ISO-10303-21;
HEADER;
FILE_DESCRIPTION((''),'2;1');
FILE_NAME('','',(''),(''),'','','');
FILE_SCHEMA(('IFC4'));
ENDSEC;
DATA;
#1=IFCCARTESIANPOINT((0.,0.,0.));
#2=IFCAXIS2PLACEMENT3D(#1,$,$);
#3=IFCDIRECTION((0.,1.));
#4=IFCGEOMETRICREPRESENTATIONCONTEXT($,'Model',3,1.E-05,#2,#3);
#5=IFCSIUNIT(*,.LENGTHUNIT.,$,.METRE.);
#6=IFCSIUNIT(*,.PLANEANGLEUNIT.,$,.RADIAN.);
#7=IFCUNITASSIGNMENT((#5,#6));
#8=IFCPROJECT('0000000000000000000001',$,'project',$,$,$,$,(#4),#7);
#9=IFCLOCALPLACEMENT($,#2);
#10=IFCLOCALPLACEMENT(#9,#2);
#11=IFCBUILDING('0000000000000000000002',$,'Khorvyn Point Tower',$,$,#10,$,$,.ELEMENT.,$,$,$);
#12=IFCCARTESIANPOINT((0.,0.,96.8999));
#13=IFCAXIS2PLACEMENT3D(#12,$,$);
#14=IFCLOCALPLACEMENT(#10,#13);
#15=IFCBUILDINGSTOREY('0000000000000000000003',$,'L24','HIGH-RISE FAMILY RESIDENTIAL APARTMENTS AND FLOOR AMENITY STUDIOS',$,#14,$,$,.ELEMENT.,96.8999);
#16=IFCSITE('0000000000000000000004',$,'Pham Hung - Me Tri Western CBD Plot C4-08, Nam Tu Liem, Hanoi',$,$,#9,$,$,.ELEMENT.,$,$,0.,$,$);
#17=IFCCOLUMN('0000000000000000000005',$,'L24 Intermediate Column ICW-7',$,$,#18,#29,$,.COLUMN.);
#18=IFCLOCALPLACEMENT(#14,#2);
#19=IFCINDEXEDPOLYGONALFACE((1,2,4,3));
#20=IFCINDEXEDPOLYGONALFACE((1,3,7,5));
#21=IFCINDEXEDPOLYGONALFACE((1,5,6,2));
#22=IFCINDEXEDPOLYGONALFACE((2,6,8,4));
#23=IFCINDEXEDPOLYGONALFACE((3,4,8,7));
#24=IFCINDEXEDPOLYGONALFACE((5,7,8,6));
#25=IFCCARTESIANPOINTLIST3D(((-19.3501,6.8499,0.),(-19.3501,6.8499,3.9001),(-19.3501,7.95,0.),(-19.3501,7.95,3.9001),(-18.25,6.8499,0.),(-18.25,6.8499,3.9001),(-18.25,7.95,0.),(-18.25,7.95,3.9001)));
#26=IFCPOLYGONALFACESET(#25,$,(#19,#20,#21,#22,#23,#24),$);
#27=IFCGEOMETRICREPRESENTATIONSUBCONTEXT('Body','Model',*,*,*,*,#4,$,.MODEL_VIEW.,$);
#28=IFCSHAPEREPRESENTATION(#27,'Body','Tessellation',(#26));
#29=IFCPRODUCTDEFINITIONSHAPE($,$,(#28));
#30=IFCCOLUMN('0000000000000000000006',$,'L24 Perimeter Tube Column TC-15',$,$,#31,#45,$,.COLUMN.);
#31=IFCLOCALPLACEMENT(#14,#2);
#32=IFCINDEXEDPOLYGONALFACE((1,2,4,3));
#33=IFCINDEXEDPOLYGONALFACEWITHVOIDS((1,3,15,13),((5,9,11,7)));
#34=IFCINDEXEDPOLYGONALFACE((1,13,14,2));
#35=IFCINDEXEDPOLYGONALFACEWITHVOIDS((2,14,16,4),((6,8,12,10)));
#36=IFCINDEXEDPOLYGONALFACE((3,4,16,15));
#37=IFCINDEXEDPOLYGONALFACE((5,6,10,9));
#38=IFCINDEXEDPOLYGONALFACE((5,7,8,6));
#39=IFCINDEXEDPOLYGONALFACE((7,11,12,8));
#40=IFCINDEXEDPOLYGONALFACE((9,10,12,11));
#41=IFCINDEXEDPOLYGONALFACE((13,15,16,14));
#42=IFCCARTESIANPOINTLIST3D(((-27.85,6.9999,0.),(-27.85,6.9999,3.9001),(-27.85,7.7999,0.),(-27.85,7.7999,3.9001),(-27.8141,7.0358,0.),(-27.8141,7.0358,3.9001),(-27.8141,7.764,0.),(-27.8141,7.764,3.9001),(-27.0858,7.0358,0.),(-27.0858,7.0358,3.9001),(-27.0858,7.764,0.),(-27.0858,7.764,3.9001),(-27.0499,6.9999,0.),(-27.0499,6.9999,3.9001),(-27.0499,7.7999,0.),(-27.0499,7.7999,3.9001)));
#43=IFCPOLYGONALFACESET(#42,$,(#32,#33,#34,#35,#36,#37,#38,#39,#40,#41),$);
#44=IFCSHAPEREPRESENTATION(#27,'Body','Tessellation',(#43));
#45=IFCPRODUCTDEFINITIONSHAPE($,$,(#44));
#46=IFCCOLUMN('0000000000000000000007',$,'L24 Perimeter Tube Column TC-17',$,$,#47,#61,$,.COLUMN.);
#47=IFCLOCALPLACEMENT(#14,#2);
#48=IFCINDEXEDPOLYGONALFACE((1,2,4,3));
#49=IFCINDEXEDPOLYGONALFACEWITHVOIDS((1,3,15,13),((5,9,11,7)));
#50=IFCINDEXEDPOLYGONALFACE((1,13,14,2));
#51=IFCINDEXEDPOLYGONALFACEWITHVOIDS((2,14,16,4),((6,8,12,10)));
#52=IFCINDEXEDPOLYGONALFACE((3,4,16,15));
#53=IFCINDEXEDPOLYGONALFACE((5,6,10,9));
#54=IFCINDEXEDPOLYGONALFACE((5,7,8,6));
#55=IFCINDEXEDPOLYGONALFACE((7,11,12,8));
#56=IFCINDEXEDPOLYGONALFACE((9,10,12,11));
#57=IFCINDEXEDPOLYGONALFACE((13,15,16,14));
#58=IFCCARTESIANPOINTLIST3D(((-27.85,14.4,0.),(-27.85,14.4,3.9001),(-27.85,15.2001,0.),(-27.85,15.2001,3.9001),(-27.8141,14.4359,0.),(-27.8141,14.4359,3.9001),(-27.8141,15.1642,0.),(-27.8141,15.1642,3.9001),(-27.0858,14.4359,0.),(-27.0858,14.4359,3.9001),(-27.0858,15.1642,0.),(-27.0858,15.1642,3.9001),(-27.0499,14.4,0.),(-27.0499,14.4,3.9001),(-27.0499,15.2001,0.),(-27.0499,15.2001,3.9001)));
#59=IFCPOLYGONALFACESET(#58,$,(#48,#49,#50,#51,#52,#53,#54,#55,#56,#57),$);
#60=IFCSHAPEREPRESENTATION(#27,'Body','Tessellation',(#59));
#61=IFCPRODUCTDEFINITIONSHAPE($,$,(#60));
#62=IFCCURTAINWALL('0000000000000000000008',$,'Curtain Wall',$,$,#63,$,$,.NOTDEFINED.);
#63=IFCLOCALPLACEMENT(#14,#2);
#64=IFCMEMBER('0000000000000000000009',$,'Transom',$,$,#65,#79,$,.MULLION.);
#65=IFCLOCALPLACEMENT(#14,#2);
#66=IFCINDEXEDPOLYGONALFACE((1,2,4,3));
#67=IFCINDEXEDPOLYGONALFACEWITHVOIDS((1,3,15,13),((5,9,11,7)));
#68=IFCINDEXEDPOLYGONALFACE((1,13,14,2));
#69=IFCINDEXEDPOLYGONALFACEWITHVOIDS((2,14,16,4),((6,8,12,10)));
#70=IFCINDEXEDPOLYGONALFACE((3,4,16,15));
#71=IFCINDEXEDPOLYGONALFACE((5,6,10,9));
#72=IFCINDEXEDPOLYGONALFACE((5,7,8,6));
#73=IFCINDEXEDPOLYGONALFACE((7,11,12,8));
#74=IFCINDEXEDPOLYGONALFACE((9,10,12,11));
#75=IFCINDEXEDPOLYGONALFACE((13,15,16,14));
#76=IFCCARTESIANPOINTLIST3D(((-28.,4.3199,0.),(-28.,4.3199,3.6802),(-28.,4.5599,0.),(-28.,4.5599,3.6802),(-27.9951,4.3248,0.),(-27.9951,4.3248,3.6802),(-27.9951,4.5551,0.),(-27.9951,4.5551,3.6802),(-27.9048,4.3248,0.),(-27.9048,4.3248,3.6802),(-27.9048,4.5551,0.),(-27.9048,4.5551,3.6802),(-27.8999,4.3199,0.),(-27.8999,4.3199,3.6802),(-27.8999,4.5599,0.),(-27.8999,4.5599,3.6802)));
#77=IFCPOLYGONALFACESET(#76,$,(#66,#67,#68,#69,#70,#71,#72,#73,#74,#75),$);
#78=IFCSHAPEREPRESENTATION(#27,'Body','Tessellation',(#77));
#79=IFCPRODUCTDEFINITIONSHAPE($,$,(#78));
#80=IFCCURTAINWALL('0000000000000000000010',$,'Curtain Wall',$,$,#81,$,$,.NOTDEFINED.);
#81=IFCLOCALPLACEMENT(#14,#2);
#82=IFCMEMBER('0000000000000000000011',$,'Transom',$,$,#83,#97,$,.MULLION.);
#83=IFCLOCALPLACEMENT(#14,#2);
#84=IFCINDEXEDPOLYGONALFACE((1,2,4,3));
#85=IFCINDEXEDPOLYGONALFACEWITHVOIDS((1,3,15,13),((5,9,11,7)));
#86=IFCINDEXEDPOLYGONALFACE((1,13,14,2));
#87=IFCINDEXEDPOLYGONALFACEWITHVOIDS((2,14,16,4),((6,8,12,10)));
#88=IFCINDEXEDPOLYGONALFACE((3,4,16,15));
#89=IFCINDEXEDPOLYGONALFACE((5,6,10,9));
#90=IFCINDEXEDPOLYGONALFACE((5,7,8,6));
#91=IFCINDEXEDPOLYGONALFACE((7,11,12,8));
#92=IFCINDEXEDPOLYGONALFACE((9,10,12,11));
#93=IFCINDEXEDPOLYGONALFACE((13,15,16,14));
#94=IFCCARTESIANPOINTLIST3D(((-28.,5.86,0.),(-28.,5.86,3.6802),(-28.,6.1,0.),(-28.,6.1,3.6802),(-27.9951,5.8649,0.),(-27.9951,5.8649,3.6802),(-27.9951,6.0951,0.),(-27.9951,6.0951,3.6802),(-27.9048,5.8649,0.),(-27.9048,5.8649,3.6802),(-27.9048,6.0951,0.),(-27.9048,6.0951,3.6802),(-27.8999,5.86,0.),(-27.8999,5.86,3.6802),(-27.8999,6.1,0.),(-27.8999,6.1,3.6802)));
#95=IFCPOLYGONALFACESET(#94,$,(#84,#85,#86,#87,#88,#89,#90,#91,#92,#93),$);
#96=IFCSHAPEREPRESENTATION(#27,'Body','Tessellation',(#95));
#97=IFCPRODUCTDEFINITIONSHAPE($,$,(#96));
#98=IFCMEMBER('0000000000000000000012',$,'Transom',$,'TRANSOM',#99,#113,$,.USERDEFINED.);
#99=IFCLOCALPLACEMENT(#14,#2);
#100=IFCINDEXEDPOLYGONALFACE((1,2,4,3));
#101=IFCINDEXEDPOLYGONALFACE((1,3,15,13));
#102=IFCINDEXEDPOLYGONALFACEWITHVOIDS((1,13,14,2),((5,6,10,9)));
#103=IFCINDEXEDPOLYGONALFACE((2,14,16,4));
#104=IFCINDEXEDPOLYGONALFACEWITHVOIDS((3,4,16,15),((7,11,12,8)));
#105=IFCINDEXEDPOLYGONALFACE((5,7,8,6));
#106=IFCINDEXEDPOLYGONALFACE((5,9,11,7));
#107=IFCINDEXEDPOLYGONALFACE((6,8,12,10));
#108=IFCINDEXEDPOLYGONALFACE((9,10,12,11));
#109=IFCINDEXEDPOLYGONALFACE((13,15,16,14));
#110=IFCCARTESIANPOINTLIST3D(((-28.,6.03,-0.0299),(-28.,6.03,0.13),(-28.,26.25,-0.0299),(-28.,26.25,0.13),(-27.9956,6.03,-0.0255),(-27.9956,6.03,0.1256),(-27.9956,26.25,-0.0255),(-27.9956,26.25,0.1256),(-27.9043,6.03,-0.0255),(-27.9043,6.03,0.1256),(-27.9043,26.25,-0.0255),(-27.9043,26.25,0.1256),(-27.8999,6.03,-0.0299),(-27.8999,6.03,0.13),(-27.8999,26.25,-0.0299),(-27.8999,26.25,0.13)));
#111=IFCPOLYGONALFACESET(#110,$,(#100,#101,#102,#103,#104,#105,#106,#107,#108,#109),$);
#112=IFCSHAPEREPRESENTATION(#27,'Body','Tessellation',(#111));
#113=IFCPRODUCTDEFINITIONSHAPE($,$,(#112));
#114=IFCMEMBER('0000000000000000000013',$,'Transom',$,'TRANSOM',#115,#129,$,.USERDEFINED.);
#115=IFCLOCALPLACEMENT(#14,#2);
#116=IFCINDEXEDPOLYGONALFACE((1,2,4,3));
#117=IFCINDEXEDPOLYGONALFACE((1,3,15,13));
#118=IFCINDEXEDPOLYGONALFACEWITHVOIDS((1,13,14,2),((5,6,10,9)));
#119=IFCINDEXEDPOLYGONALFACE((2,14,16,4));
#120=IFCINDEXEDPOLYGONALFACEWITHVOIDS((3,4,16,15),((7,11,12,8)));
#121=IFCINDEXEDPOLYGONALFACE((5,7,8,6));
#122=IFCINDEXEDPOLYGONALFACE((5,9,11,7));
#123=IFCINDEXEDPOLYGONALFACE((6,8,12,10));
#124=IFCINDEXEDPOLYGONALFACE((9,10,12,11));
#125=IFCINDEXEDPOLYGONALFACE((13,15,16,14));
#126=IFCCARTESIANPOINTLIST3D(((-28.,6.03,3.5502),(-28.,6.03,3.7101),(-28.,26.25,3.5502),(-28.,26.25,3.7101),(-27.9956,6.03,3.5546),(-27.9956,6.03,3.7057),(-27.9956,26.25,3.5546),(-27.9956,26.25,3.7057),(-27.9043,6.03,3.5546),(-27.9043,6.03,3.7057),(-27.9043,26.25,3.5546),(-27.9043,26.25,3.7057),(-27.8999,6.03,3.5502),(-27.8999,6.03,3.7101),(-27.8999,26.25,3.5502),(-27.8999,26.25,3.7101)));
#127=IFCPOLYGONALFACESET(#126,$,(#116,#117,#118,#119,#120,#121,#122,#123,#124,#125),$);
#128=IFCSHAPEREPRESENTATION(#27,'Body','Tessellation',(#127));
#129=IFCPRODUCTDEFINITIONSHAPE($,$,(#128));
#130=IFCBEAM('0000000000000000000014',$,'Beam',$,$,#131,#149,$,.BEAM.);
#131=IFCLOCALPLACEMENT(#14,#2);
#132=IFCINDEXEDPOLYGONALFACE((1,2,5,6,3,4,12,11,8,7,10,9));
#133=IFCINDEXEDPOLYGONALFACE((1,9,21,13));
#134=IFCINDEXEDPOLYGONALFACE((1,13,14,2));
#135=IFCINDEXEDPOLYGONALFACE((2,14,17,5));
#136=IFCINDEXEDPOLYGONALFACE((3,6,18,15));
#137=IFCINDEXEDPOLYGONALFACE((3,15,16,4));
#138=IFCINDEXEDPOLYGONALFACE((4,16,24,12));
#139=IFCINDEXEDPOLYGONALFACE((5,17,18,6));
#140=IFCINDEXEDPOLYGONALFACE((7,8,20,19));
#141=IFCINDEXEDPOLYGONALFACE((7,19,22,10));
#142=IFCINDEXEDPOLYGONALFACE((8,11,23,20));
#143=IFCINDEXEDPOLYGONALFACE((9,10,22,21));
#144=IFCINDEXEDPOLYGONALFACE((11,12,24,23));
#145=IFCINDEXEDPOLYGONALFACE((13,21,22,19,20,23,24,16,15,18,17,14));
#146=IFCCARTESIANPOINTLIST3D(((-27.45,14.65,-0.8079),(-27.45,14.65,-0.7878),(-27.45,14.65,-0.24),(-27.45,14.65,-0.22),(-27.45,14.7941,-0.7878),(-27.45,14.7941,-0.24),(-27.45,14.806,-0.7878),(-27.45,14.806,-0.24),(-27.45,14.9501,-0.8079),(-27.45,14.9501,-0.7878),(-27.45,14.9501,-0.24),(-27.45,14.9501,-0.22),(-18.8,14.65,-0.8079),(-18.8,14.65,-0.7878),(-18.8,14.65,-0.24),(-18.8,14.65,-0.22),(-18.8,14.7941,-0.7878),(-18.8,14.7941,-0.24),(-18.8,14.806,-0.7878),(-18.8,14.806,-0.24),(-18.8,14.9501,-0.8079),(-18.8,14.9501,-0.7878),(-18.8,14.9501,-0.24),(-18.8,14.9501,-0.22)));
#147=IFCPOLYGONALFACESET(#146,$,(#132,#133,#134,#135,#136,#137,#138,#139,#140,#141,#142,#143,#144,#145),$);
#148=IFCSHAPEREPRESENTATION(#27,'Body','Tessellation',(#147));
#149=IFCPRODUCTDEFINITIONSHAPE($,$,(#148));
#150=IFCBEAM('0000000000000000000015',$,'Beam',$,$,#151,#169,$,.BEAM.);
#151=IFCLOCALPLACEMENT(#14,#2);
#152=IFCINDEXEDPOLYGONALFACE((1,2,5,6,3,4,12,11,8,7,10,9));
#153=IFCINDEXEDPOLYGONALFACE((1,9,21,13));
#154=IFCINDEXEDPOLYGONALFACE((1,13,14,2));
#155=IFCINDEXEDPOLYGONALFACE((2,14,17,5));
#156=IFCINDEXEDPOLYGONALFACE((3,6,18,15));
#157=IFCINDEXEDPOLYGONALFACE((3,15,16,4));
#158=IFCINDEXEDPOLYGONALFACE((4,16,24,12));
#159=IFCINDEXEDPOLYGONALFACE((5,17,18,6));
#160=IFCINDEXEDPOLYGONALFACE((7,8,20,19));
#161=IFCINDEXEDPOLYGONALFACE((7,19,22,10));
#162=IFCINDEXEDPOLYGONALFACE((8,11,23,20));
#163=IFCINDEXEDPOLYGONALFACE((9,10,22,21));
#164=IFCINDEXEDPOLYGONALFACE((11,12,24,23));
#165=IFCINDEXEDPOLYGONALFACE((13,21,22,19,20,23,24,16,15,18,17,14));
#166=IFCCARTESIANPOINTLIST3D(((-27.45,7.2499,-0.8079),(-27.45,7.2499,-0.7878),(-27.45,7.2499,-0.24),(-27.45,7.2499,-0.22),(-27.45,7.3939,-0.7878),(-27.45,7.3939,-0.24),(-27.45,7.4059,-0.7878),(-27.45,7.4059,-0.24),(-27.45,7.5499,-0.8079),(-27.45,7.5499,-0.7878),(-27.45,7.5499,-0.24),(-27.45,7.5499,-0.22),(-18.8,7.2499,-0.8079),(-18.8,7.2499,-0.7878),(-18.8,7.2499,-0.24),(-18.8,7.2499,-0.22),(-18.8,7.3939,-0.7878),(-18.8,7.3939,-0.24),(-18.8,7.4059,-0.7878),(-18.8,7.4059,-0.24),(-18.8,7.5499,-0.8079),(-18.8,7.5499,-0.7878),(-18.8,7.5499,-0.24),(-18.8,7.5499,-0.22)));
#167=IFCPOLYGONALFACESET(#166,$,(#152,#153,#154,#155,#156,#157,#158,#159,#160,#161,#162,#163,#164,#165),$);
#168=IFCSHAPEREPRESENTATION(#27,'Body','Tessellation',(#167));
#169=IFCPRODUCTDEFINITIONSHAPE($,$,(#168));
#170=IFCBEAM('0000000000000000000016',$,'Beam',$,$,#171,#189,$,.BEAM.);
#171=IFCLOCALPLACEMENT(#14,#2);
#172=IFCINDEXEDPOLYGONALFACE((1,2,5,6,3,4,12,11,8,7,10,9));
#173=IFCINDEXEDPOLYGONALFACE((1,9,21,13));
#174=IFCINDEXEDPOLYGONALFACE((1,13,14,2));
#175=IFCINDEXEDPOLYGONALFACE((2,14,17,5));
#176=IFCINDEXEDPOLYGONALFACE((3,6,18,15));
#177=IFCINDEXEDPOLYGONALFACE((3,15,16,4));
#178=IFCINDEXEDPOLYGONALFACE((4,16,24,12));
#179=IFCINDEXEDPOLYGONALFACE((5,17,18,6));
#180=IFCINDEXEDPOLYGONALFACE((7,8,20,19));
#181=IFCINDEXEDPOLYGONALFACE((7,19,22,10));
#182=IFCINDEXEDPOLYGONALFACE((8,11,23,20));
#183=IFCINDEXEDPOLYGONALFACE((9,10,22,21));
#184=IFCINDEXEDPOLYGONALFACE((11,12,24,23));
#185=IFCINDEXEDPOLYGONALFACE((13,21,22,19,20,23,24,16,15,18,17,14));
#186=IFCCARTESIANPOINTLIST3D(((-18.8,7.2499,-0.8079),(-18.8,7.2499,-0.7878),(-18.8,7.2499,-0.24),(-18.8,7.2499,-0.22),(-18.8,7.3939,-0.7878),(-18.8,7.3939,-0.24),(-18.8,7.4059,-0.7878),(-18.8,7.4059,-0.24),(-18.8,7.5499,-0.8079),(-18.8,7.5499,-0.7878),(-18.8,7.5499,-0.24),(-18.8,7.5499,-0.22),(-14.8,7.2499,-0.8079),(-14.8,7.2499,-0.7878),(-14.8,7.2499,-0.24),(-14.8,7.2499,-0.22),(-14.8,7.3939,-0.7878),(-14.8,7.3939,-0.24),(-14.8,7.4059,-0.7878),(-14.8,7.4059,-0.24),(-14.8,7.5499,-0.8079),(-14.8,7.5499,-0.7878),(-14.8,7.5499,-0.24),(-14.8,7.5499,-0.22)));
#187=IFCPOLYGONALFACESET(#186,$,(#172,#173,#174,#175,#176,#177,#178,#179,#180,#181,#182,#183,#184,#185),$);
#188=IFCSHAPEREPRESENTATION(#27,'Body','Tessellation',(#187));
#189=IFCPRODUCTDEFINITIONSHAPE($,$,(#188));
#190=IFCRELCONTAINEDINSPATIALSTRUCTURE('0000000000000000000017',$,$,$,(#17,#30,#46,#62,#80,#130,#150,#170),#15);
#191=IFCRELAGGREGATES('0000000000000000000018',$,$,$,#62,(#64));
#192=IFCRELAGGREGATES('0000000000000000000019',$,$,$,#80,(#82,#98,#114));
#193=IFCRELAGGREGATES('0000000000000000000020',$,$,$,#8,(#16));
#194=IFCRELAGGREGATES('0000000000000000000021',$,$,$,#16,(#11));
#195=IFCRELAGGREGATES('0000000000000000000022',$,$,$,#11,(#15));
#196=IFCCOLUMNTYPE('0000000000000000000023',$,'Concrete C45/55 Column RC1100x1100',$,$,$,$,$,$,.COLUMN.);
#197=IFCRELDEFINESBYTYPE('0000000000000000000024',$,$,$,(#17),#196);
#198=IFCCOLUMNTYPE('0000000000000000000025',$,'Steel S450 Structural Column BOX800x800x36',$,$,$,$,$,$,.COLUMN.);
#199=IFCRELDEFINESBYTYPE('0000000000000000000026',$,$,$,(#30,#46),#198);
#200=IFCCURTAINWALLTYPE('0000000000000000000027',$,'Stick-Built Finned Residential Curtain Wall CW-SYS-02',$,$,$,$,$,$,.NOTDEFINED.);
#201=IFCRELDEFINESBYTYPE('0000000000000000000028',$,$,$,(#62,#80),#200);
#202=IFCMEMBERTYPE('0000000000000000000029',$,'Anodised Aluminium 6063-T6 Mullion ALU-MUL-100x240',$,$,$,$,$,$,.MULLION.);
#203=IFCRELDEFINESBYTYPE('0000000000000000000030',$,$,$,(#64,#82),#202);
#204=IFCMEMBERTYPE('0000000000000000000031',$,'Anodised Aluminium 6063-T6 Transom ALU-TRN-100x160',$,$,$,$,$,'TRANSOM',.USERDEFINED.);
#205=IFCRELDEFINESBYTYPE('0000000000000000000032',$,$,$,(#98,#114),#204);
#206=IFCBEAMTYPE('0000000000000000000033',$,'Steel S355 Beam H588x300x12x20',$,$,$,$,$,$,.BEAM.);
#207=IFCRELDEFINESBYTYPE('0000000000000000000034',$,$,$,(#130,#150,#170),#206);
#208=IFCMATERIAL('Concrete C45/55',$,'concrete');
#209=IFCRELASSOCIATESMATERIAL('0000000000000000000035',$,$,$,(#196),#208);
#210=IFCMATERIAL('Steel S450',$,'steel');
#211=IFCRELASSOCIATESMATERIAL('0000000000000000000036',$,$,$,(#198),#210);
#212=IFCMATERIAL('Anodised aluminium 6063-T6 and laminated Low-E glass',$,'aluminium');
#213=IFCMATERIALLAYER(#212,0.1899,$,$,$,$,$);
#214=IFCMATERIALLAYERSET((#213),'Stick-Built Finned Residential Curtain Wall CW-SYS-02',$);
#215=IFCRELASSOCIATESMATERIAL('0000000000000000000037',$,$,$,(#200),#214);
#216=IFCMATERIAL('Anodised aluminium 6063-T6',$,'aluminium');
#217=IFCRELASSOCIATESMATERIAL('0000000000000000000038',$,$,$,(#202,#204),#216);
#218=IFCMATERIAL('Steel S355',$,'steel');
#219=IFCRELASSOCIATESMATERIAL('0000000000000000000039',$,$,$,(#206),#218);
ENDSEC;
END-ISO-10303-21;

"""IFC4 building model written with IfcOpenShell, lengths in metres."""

from ifc_helpers import new_model, si_unit, direction, frame, origin, origin_2d, place, context, subcontext, project, spatial, rectangle, hollow_rectangle, i_section, extrude, material, layer, layer_set, material_profile, profile_set, type_object, element, aggregate, save


model = new_model("IFC4")

# Units and contexts
model_context = context("Model", 3, precision=1e-05, world=origin(), true_north=direction((0.0, 1.0)))
body_context = subcontext(model_context, "Body", "Model", "MODEL_VIEW")
ifc_project = project(units=[si_unit("LENGTHUNIT", "METRE"), si_unit("PLANEANGLEUNIT", "RADIAN")], contexts=[model_context])

# Site, building, storey
site_placement = place(None, origin())
site = spatial("IfcSite", under=ifc_project, at=site_placement, Name="Pham Hung - Me Tri Western CBD Plot C4-08, Nam Tu Liem, Hanoi", CompositionType="ELEMENT", RefElevation=0.0)
building_placement = place(site_placement, origin())
building = spatial("IfcBuilding", under=site, at=building_placement, Name="Khorvyn Point Tower", CompositionType="ELEMENT")
storey_placement = place(building_placement, frame((0.0, 0.0, 96.8999)))
storey = spatial("IfcBuildingStorey", under=building, at=storey_placement, Name="L24", Description="HIGH-RISE FAMILY RESIDENTIAL APARTMENTS AND FLOOR AMENITY STUDIOS", CompositionType="ELEMENT", Elevation=96.8999)

# Columns
ifc_material_1 = material(Name="Concrete C45/55", Category="concrete")
ifc_material_profile_1 = material_profile(ifc_material_1, rectangle(XDim=1.1001, YDim=1.1001, at=origin_2d()))
ifc_profile_set_1 = profile_set([ifc_material_profile_1], Name="Concrete C45/55 RC1100x1100")
column_type_1 = type_object("IfcColumnType", Name="Concrete C45/55 Column RC1100x1100", PredefinedType="COLUMN", material=ifc_profile_set_1)
column_placement = place(storey_placement, frame((-18.8, 7.3999, 0.0), z_axis=(0.0, 0.0, 1.0), x_axis=(1.0, 0.0, 0.0)))
element("IfcColumn", 1, at=column_placement, inside=storey, type_object=column_type_1, Name="L24 Intermediate Column ICW-7", PredefinedType="COLUMN", context=body_context, shape_type="SweptSolid", body=[
    extrude(rectangle(XDim=1.1001, YDim=1.1001, at=origin_2d()), origin(), (0.0, 0.0, 1.0), 3.9001),
])
ifc_material_2 = material(Name="Steel S450", Category="steel")
ifc_material_profile_2 = material_profile(ifc_material_2, hollow_rectangle(XDim=0.8, YDim=0.8, WallThickness=0.0359, at=origin_2d()))
ifc_profile_set_2 = profile_set([ifc_material_profile_2], Name="Steel S450 BOX800x800x36")
column_type_2 = type_object("IfcColumnType", Name="Steel S450 Structural Column BOX800x800x36", PredefinedType="COLUMN", material=ifc_profile_set_2)
for number, where, z_axis, x_axis, name in (
    (2, (-27.45, 7.3999, 0.0), (0.0, 0.0, 1.0), (1.0, 0.0, 0.0), "L24 Perimeter Tube Column TC-15"),
    (3, (-27.45, 14.8, 0.0), (0.0, 0.0, 1.0), (1.0, 0.0, 0.0), "L24 Perimeter Tube Column TC-17"),
):
    element("IfcColumn", number, at=place(storey_placement, frame(where, z_axis=z_axis, x_axis=x_axis)), inside=storey, type_object=column_type_2, Name=name, PredefinedType="COLUMN", context=body_context, shape_type="SweptSolid", body=[
        extrude(hollow_rectangle(XDim=0.8, YDim=0.8, WallThickness=0.0359, at=origin_2d()), origin(), (0.0, 0.0, 1.0), 3.9001),
    ])

# Curtain wall, member
ifc_material_3 = material(Name="Anodised aluminium 6063-T6 and laminated Low-E glass", Category="aluminium")
ifc_layer_1 = layer(ifc_material_3, 0.1899)
ifc_layer_set_1 = layer_set([ifc_layer_1], Name="Stick-Built Finned Residential Curtain Wall CW-SYS-02")
curtain_wall_type = type_object("IfcCurtainWallType", Name="Stick-Built Finned Residential Curtain Wall CW-SYS-02", PredefinedType="NOTDEFINED", material=ifc_layer_set_1)
curtain_wall_1_placement = place(storey_placement, origin())
curtain_wall_1 = element("IfcCurtainWall", 4, at=curtain_wall_1_placement, inside=storey, type_object=curtain_wall_type, Name="Curtain Wall", PredefinedType="NOTDEFINED")
ifc_material_4 = material(Name="Anodised aluminium 6063-T6", Category="aluminium")
ifc_material_profile_3 = material_profile(ifc_material_4, hollow_rectangle(XDim=0.1001, YDim=0.24, WallThickness=0.0049, at=origin_2d()))
ifc_profile_set_3 = profile_set([ifc_material_profile_3], Name="Anodised aluminium 6063-T6 ALU-MUL-100x240")
member_type_1 = type_object("IfcMemberType", Name="Anodised Aluminium 6063-T6 Mullion ALU-MUL-100x240", PredefinedType="MULLION", material=ifc_profile_set_3)
member_1_placement = place(storey_placement, frame((-27.95, 4.4399, 0.0), z_axis=(0.0, 0.0, 1.0), x_axis=(-1.0, 0.0, 0.0)))
member_1 = element("IfcMember", 5, at=member_1_placement, type_object=member_type_1, Name="Transom", PredefinedType="MULLION", context=body_context, shape_type="SweptSolid", body=[
    extrude(hollow_rectangle(XDim=0.1001, YDim=0.24, WallThickness=0.0049, at=origin_2d()), origin(), (0.0, 0.0, 1.0), 3.6802),
])

# Curtain wall, members
curtain_wall_2_placement = place(storey_placement, origin())
curtain_wall_2 = element("IfcCurtainWall", 6, at=curtain_wall_2_placement, inside=storey, type_object=curtain_wall_type, Name="Curtain Wall", PredefinedType="NOTDEFINED")
member_2_placement = place(storey_placement, frame((-27.95, 5.98, 0.0), z_axis=(0.0, 0.0, 1.0), x_axis=(-1.0, 0.0, 0.0)))
member_2 = element("IfcMember", 7, at=member_2_placement, type_object=member_type_1, Name="Transom", PredefinedType="MULLION", context=body_context, shape_type="SweptSolid", body=[
    extrude(hollow_rectangle(XDim=0.1001, YDim=0.24, WallThickness=0.0049, at=origin_2d()), origin(), (0.0, 0.0, 1.0), 3.6802),
])
ifc_material_profile_4 = material_profile(ifc_material_4, hollow_rectangle(XDim=0.1001, YDim=0.1599, WallThickness=0.0044, at=origin_2d()))
ifc_profile_set_4 = profile_set([ifc_material_profile_4], Name="Anodised aluminium 6063-T6 ALU-TRN-100x160")
member_type_2 = type_object("IfcMemberType", Name="Anodised Aluminium 6063-T6 Transom ALU-TRN-100x160", ElementType="TRANSOM", PredefinedType="USERDEFINED", material=ifc_profile_set_4)
member_3_placement = place(storey_placement, frame((-27.95, 6.03, 0.05), z_axis=(0.0, 1.0, 0.0), x_axis=(-1.0, 0.0, 0.0)))
member_3 = element("IfcMember", 8, at=member_3_placement, type_object=member_type_2, Name="Transom", ObjectType="TRANSOM", PredefinedType="USERDEFINED", context=body_context, shape_type="SweptSolid", body=[
    extrude(hollow_rectangle(XDim=0.1001, YDim=0.1599, WallThickness=0.0044, at=origin_2d()), origin(), (0.0, 0.0, 1.0), 20.22),
])
member_4_placement = place(storey_placement, frame((-27.95, 6.03, 3.6301), z_axis=(0.0, 1.0, 0.0), x_axis=(-1.0, 0.0, 0.0)))
member_4 = element("IfcMember", 9, at=member_4_placement, type_object=member_type_2, Name="Transom", ObjectType="TRANSOM", PredefinedType="USERDEFINED", context=body_context, shape_type="SweptSolid", body=[
    extrude(hollow_rectangle(XDim=0.1001, YDim=0.1599, WallThickness=0.0044, at=origin_2d()), origin(), (0.0, 0.0, 1.0), 20.22),
])

# Beams
ifc_material_5 = material(Name="Steel S355", Category="steel")
ifc_material_profile_5 = material_profile(ifc_material_5, i_section(OverallWidth=0.3, OverallDepth=0.5879, WebThickness=0.012, FlangeThickness=0.02, at=origin_2d()))
ifc_profile_set_5 = profile_set([ifc_material_profile_5], Name="Steel S355 H588x300x12x20")
beam_type_1 = type_object("IfcBeamType", Name="Steel S355 Beam H588x300x12x20", PredefinedType="BEAM", material=ifc_profile_set_5)
for number, where, z_axis, x_axis, name in (
    (10, (-27.45, 14.8, -0.5139), (1.0, 0.0, 0.0), (0.0, 1.0, 0.0), "Beam"),
    (11, (-27.45, 7.3999, -0.5139), (1.0, 0.0, 0.0), (0.0, 1.0, 0.0), "Beam"),
):
    element("IfcBeam", number, at=place(storey_placement, frame(where, z_axis=z_axis, x_axis=x_axis)), inside=storey, type_object=beam_type_1, Name=name, PredefinedType="BEAM", context=body_context, shape_type="SweptSolid", body=[
        extrude(i_section(OverallWidth=0.3, OverallDepth=0.5879, WebThickness=0.012, FlangeThickness=0.02, at=origin_2d()), origin(), (0.0, 0.0, 1.0), 8.6499),
    ])
beam_1_placement = place(storey_placement, frame((-18.8, 7.3999, -0.5139), z_axis=(1.0, 0.0, 0.0), x_axis=(0.0, 1.0, 0.0)))
element("IfcBeam", 12, at=beam_1_placement, inside=storey, type_object=beam_type_1, Name="Beam", PredefinedType="BEAM", context=body_context, shape_type="SweptSolid", body=[
    extrude(i_section(OverallWidth=0.3, OverallDepth=0.5879, WebThickness=0.012, FlangeThickness=0.02, at=origin_2d()), origin(), (0.0, 0.0, 1.0), 4.0),
])

aggregate(curtain_wall_1, [member_1])
aggregate(curtain_wall_2, [member_2, member_3, member_4])

save(model, "model.ifc")
